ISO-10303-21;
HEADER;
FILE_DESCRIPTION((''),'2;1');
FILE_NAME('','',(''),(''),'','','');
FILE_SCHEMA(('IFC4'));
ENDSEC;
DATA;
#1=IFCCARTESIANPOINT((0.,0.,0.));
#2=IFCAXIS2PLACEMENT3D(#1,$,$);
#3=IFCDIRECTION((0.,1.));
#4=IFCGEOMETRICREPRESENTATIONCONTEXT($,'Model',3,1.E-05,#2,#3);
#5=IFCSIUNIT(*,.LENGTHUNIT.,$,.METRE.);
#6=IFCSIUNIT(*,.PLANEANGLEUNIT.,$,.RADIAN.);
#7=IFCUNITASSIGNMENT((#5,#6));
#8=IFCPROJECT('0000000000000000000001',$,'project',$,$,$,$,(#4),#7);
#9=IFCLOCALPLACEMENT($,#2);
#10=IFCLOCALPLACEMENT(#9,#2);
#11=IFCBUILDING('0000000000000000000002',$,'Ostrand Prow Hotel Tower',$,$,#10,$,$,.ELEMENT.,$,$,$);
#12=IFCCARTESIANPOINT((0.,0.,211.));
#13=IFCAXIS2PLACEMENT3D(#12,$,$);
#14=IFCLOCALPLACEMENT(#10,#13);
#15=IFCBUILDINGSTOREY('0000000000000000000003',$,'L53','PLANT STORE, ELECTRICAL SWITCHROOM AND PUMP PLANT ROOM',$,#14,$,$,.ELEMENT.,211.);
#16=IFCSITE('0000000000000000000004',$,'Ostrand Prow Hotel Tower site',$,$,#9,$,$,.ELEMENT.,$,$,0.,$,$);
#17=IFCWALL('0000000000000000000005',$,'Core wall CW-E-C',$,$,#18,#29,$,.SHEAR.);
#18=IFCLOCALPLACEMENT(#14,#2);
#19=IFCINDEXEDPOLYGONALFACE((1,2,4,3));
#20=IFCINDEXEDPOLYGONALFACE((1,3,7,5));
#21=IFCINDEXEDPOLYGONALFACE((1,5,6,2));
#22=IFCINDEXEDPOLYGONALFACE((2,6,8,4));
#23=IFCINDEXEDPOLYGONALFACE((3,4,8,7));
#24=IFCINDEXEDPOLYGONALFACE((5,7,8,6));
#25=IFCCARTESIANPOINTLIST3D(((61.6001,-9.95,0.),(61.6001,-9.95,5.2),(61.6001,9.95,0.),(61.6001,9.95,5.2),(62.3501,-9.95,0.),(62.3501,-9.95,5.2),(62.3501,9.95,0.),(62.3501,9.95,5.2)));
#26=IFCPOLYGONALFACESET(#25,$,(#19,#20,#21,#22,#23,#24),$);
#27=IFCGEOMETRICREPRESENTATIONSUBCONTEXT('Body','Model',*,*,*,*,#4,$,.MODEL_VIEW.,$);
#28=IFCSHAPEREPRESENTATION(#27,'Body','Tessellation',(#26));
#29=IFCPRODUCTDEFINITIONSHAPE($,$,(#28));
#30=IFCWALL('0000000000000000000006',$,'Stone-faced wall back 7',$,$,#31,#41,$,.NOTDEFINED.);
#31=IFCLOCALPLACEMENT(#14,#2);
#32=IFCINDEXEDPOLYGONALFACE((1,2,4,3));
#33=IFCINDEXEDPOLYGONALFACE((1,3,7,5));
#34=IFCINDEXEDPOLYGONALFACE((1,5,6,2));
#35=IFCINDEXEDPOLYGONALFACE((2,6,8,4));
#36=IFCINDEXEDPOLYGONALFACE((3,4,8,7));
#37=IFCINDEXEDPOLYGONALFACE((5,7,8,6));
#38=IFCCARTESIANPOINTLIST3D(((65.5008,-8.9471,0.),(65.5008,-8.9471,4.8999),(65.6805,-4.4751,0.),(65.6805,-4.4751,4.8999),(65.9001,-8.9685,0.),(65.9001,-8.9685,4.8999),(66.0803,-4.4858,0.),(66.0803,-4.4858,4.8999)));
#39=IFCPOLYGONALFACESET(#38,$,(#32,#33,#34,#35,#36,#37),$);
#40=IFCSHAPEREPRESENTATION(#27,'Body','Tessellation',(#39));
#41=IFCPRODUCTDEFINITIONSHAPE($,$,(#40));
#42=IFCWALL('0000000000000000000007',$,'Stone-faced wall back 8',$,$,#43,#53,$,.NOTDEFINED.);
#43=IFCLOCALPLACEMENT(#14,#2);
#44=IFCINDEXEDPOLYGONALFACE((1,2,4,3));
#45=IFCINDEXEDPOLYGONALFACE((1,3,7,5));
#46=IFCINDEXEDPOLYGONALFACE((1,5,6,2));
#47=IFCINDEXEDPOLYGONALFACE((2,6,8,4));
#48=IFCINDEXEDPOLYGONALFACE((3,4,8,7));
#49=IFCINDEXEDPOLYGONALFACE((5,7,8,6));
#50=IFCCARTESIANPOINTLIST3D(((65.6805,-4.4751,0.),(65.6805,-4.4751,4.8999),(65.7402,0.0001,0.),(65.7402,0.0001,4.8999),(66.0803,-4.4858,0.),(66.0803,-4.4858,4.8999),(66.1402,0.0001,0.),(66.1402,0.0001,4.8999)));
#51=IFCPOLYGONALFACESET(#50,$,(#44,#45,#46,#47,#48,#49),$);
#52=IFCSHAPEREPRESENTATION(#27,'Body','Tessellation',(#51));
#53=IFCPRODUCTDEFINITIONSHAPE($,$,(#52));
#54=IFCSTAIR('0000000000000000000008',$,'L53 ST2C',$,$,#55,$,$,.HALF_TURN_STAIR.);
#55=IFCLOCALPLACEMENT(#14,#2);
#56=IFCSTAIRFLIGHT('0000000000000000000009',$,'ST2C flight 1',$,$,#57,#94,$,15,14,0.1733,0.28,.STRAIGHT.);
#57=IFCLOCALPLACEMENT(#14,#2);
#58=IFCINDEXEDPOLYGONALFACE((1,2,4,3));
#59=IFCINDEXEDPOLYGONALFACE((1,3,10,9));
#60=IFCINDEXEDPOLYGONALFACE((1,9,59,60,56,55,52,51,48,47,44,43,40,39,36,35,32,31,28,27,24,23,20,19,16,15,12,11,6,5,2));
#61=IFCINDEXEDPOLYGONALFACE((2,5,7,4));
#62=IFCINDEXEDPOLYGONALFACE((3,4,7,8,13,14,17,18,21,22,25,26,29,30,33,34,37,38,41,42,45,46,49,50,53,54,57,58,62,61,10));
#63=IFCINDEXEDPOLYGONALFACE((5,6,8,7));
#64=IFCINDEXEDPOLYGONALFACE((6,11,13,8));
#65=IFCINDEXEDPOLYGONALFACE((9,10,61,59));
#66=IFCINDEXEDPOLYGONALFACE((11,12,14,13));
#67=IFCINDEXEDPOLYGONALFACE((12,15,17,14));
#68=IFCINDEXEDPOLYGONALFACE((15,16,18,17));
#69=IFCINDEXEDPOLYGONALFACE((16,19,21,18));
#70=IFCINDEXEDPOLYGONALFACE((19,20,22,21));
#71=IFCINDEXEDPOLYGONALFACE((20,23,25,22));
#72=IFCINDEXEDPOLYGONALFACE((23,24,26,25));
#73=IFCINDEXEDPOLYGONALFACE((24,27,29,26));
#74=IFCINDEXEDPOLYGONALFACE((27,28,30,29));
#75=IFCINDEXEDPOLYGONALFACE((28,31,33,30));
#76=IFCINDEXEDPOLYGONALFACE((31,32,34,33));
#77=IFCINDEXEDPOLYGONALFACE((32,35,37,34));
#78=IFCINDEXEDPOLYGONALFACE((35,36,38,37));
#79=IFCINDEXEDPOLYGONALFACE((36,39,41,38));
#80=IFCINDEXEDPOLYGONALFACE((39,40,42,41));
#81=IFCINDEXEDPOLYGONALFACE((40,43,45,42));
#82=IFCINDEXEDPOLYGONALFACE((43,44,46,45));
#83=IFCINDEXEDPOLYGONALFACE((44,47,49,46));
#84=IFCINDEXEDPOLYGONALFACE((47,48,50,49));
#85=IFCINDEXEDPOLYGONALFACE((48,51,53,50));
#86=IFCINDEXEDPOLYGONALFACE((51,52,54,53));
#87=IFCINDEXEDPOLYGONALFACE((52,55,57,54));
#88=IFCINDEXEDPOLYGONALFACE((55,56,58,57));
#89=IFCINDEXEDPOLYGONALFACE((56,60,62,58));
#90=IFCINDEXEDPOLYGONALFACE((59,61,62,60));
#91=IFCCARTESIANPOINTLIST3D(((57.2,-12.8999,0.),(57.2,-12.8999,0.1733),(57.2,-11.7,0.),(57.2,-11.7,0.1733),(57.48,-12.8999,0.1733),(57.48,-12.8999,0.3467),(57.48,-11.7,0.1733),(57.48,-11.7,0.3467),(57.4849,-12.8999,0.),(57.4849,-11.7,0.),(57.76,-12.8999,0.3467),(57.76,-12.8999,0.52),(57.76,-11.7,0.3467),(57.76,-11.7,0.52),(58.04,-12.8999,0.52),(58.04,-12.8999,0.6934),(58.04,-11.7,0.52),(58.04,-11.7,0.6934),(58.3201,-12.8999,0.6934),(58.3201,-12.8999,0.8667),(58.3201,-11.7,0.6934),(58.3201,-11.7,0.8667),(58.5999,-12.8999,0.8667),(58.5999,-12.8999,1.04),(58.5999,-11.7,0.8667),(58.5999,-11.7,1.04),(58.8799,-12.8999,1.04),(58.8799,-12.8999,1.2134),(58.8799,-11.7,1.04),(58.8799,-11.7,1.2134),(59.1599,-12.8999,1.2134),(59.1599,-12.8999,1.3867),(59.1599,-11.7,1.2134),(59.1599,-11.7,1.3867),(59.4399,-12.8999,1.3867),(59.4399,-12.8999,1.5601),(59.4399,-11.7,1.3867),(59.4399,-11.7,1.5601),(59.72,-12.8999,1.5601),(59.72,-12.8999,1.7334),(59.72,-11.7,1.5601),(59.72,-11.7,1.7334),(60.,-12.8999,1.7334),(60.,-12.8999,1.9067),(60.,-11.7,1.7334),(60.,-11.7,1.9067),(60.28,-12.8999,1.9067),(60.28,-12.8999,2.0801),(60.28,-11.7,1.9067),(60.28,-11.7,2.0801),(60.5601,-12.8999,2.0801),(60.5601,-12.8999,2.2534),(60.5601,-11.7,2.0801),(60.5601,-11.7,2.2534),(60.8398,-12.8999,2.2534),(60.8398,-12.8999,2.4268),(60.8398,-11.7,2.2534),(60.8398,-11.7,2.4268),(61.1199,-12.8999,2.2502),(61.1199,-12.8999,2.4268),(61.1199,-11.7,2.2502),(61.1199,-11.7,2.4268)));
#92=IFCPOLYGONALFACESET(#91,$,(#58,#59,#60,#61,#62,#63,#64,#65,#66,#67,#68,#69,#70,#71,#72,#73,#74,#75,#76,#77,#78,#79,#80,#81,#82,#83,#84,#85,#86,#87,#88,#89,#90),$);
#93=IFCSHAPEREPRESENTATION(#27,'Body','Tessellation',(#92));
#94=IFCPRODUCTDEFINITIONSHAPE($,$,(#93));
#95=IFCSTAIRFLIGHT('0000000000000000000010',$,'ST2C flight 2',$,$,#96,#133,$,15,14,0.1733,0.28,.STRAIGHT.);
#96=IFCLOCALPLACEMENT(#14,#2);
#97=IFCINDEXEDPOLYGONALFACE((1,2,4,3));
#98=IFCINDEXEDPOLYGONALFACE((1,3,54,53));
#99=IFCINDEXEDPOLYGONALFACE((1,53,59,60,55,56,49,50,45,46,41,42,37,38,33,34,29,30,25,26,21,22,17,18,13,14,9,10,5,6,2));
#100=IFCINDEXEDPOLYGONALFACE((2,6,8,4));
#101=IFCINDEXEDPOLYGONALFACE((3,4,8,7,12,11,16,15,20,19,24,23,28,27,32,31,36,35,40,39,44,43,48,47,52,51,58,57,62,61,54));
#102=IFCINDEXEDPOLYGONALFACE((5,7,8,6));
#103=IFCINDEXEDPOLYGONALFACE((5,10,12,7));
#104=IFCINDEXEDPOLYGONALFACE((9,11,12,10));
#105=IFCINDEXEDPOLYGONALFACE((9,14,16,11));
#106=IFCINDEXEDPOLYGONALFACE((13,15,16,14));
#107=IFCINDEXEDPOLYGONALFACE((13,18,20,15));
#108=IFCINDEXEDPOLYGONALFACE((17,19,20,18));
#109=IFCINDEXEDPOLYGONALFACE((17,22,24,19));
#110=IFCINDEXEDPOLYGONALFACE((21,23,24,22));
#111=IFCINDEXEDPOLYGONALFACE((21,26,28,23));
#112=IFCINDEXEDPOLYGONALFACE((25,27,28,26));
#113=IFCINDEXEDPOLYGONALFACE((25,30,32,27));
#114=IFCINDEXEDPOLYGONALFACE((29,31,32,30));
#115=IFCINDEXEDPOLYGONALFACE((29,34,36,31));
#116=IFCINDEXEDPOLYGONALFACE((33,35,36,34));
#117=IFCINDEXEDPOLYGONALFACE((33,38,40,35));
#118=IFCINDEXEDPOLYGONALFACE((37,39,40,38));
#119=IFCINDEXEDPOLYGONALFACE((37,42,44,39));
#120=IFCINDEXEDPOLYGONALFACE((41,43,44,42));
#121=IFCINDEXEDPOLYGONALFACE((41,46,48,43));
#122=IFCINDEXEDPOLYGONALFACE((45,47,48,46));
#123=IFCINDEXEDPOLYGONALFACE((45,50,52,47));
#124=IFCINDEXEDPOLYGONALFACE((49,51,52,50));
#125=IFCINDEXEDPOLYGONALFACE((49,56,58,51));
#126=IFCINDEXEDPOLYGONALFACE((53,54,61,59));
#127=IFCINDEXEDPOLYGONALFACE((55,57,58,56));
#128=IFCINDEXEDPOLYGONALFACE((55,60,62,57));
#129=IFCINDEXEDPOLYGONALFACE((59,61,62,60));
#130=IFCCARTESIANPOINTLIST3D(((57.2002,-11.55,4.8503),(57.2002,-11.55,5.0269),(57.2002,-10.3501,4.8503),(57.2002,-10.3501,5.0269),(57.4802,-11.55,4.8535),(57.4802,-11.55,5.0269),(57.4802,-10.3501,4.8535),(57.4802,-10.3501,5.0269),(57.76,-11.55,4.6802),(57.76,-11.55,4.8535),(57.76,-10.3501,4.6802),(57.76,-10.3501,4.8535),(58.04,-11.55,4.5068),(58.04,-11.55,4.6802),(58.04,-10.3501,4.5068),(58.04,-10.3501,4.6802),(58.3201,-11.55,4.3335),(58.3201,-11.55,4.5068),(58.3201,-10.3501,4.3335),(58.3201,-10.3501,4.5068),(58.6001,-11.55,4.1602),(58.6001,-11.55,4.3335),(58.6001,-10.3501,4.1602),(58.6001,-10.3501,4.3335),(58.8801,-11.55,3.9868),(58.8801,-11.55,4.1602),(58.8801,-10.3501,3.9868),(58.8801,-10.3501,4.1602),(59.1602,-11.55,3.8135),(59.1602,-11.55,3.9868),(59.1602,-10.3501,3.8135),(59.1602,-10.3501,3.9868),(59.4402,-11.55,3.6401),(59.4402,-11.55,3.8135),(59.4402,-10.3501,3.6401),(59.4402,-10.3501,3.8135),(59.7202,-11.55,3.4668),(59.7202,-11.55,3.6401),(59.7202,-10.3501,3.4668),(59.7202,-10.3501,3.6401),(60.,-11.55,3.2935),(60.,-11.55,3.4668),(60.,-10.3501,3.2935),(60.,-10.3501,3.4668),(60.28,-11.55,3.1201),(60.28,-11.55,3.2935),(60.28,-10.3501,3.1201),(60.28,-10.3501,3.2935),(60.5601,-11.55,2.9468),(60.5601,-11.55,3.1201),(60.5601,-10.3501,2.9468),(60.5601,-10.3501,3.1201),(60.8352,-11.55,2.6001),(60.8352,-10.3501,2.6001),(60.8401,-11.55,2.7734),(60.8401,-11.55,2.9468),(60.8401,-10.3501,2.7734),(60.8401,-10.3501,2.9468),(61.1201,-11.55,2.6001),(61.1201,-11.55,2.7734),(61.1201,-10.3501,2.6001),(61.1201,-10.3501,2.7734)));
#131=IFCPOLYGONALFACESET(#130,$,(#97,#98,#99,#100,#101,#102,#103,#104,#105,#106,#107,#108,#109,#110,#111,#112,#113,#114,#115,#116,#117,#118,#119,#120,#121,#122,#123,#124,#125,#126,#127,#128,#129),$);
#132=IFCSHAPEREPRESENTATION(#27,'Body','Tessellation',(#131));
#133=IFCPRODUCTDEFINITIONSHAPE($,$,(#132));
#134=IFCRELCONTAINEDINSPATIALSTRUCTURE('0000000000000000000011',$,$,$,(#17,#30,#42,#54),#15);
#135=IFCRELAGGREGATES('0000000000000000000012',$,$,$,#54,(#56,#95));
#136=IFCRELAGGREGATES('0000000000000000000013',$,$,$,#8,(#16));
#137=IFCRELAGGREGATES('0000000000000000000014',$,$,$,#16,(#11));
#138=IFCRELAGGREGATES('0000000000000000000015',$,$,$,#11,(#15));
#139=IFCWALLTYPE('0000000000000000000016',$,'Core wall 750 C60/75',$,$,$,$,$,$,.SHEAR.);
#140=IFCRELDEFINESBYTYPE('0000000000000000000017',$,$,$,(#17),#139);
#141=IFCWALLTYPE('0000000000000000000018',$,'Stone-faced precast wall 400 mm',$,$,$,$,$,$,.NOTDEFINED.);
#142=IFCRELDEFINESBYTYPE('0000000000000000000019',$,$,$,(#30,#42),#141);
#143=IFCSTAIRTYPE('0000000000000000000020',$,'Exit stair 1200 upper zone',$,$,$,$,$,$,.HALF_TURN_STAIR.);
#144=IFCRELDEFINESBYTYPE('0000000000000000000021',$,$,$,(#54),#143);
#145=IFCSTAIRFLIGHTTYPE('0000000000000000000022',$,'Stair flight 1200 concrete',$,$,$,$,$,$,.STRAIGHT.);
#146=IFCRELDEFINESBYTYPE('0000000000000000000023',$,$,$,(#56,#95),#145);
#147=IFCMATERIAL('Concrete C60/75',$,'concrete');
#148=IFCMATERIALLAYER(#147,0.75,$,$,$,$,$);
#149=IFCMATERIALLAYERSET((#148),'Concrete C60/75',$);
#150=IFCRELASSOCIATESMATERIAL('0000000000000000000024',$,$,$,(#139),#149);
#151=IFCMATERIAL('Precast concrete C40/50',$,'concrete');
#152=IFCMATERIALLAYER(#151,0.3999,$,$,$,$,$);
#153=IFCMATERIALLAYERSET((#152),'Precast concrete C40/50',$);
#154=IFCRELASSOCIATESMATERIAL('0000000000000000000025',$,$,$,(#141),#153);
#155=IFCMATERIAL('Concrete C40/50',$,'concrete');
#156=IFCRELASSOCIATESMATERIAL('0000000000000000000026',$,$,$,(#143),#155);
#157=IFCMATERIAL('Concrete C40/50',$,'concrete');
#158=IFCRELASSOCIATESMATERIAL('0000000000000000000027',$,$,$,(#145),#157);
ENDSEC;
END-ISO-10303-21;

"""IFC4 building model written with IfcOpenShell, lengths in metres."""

from ifc_helpers import new_model, si_unit, direction, frame, frame_2d, origin, place, context, subcontext, project, spatial, polyline, rectangle, outline, extrude, material, layer, layer_set, type_object, element, aggregate, save


model = new_model("IFC4")

# Units and contexts
model_context = context("Model", 3, precision=1e-05, world=origin(), true_north=direction((0.0, 1.0)))
body_context = subcontext(model_context, "Body", "Model", "MODEL_VIEW")
ifc_project = project(units=[si_unit("LENGTHUNIT", "METRE"), si_unit("PLANEANGLEUNIT", "RADIAN")], contexts=[model_context])

# Site, building, storey
site_placement = place(None, origin())
site = spatial("IfcSite", under=ifc_project, at=site_placement, Name="Ostrand Prow Hotel Tower site", CompositionType="ELEMENT", RefElevation=0.0)
building_placement = place(site_placement, origin())
building = spatial("IfcBuilding", under=site, at=building_placement, Name="Ostrand Prow Hotel Tower", CompositionType="ELEMENT")
storey_placement = place(building_placement, frame((0.0, 0.0, 211.0)))
storey = spatial("IfcBuildingStorey", under=building, at=storey_placement, Name="L53", Description="PLANT STORE, ELECTRICAL SWITCHROOM AND PUMP PLANT ROOM", CompositionType="ELEMENT", Elevation=211.0)

# Walls
ifc_material_1 = material(Name="Concrete C60/75", Category="concrete")
ifc_layer_1 = layer(ifc_material_1, 0.75)
ifc_layer_set_1 = layer_set([ifc_layer_1], Name="Concrete C60/75")
wall_type_1 = type_object("IfcWallType", Name="Core wall 750 C60/75", PredefinedType="SHEAR", material=ifc_layer_set_1)
wall_1_placement = place(storey_placement, frame((61.9751, -9.95, 0.0), z_axis=(0.0, 0.0, 1.0), x_axis=(0.0, 1.0, 0.0)))
element("IfcWall", 1, at=wall_1_placement, inside=storey, type_object=wall_type_1, Name="Core wall CW-E-C", PredefinedType="SHEAR", context=body_context, shape_type="SweptSolid", body=[
    extrude(rectangle(XDim=19.8999, YDim=0.75, at=frame_2d((9.95, 0.0))), origin(), (0.0, 0.0, 1.0), 5.2),
])
ifc_material_2 = material(Name="Precast concrete C40/50", Category="concrete")
ifc_layer_2 = layer(ifc_material_2, 0.3999)
ifc_layer_set_2 = layer_set([ifc_layer_2], Name="Precast concrete C40/50")
wall_type_2 = type_object("IfcWallType", Name="Stone-faced precast wall 400 mm", PredefinedType="NOTDEFINED", material=ifc_layer_set_2)
for number, where, z_axis, x_axis, name in (
    (2, (65.7004, -8.9578, 0.0), (0.0, 0.0, 1.0), (0.040155, 0.999193, 0.0), "Stone-faced wall back 7"),
    (3, (65.8804, -4.4805, 0.0), (0.0, 0.0, 1.0), (0.013349, 0.999911, 0.0), "Stone-faced wall back 8"),
):
    element("IfcWall", number, at=place(storey_placement, frame(where, z_axis=z_axis, x_axis=x_axis)), inside=storey, type_object=wall_type_2, Name=name, PredefinedType="NOTDEFINED", context=body_context, shape_type="SweptSolid", body=[
        extrude(outline(polyline([(-0.0027, -0.2), (4.4836, -0.2), (4.4783, 0.2), (0.0027, 0.2), (-0.0027, -0.2)])), origin(), (0.0, 0.0, 1.0), 4.8999),
    ])

# Stair, stair flights
ifc_material_3 = material(Name="Concrete C40/50", Category="concrete")
stair_type = type_object("IfcStairType", Name="Exit stair 1200 upper zone", PredefinedType="HALF_TURN_STAIR", material=ifc_material_3)
stair_placement = place(storey_placement, origin())
stair = element("IfcStair", 4, at=stair_placement, inside=storey, type_object=stair_type, Name="L53 ST2C", PredefinedType="HALF_TURN_STAIR")
ifc_material_4 = material(Name="Concrete C40/50", Category="concrete")
stair_flight_type = type_object("IfcStairFlightType", Name="Stair flight 1200 concrete", PredefinedType="STRAIGHT", material=ifc_material_4)
stair_flight_1_placement = place(storey_placement, frame((57.2, -12.3, 0.0), z_axis=(0.0, 0.0, 1.0), x_axis=(1.0, 0.0, 0.0)))
stair_flight_1 = element("IfcStairFlight", 5, at=stair_flight_1_placement, type_object=stair_flight_type, Name="ST2C flight 1", NumberOfRisers=15, NumberOfTreads=14, PredefinedType="STRAIGHT", RiserHeight=0.1733, TreadLength=0.28, context=body_context, shape_type="SweptSolid", body=[
    extrude(outline(polyline([(0.0, 0.0), (0.0, 0.1733), (0.28, 0.1733), (0.28, 0.3467), (0.5601, 0.3467), (0.5601, 0.52), (0.8401, 0.52), (0.8401, 0.6934), (1.1201, 0.6934), (1.1201, 0.8667), (1.3999, 0.8667), (1.3999, 1.04), (1.6799, 1.04), (1.6799, 1.2134), (1.96, 1.2134), (1.96, 1.3867), (2.24, 1.3867), (2.24, 1.5601), (2.52, 1.5601), (2.52, 1.7334), (2.8, 1.7334), (2.8, 1.9067), (3.0801, 1.9067), (3.0801, 2.0801), (3.3601, 2.0801), (3.3601, 2.2534), (3.6399, 2.2534), (3.6399, 2.4268), (3.9199, 2.4268), (3.9199, 2.6001), (3.9199, 2.2502), (0.2849, 0.0), (0.0, 0.0)])), frame((0.0, 0.6001, 0.0), z_axis=(0.0, -1.0, 0.0), x_axis=(1.0, 0.0, 0.0)), (0.0, 0.0, 1.0), 1.2),
])
stair_flight_2_placement = place(storey_placement, frame((61.1201, -10.95, 2.6001), z_axis=(0.0, 0.0, 1.0), x_axis=(-1.0, 0.0, 0.0)))
stair_flight_2 = element("IfcStairFlight", 6, at=stair_flight_2_placement, type_object=stair_flight_type, Name="ST2C flight 2", NumberOfRisers=15, NumberOfTreads=14, PredefinedType="STRAIGHT", RiserHeight=0.1733, TreadLength=0.28, context=body_context, shape_type="SweptSolid", body=[
    extrude(outline(polyline([(0.0, 0.0), (0.0, 0.1733), (0.28, 0.1733), (0.28, 0.3467), (0.5601, 0.3467), (0.5601, 0.52), (0.8401, 0.52), (0.8401, 0.6934), (1.1201, 0.6934), (1.1201, 0.8667), (1.3999, 0.8667), (1.3999, 1.04), (1.6799, 1.04), (1.6799, 1.2134), (1.96, 1.2134), (1.96, 1.3867), (2.24, 1.3867), (2.24, 1.5601), (2.52, 1.5601), (2.52, 1.7334), (2.8, 1.7334), (2.8, 1.9067), (3.0801, 1.9067), (3.0801, 2.0801), (3.3601, 2.0801), (3.3601, 2.2534), (3.6399, 2.2534), (3.6399, 2.4268), (3.9199, 2.4268), (3.9199, 2.6001), (3.9199, 2.2502), (0.2849, 0.0), (0.0, 0.0)])), frame((0.0, 0.6001, 0.0), z_axis=(0.0, -1.0, 0.0), x_axis=(1.0, 0.0, 0.0)), (0.0, 0.0, 1.0), 1.2),
])
aggregate(stair, [stair_flight_1, stair_flight_2])

save(model, "model.ifc")
